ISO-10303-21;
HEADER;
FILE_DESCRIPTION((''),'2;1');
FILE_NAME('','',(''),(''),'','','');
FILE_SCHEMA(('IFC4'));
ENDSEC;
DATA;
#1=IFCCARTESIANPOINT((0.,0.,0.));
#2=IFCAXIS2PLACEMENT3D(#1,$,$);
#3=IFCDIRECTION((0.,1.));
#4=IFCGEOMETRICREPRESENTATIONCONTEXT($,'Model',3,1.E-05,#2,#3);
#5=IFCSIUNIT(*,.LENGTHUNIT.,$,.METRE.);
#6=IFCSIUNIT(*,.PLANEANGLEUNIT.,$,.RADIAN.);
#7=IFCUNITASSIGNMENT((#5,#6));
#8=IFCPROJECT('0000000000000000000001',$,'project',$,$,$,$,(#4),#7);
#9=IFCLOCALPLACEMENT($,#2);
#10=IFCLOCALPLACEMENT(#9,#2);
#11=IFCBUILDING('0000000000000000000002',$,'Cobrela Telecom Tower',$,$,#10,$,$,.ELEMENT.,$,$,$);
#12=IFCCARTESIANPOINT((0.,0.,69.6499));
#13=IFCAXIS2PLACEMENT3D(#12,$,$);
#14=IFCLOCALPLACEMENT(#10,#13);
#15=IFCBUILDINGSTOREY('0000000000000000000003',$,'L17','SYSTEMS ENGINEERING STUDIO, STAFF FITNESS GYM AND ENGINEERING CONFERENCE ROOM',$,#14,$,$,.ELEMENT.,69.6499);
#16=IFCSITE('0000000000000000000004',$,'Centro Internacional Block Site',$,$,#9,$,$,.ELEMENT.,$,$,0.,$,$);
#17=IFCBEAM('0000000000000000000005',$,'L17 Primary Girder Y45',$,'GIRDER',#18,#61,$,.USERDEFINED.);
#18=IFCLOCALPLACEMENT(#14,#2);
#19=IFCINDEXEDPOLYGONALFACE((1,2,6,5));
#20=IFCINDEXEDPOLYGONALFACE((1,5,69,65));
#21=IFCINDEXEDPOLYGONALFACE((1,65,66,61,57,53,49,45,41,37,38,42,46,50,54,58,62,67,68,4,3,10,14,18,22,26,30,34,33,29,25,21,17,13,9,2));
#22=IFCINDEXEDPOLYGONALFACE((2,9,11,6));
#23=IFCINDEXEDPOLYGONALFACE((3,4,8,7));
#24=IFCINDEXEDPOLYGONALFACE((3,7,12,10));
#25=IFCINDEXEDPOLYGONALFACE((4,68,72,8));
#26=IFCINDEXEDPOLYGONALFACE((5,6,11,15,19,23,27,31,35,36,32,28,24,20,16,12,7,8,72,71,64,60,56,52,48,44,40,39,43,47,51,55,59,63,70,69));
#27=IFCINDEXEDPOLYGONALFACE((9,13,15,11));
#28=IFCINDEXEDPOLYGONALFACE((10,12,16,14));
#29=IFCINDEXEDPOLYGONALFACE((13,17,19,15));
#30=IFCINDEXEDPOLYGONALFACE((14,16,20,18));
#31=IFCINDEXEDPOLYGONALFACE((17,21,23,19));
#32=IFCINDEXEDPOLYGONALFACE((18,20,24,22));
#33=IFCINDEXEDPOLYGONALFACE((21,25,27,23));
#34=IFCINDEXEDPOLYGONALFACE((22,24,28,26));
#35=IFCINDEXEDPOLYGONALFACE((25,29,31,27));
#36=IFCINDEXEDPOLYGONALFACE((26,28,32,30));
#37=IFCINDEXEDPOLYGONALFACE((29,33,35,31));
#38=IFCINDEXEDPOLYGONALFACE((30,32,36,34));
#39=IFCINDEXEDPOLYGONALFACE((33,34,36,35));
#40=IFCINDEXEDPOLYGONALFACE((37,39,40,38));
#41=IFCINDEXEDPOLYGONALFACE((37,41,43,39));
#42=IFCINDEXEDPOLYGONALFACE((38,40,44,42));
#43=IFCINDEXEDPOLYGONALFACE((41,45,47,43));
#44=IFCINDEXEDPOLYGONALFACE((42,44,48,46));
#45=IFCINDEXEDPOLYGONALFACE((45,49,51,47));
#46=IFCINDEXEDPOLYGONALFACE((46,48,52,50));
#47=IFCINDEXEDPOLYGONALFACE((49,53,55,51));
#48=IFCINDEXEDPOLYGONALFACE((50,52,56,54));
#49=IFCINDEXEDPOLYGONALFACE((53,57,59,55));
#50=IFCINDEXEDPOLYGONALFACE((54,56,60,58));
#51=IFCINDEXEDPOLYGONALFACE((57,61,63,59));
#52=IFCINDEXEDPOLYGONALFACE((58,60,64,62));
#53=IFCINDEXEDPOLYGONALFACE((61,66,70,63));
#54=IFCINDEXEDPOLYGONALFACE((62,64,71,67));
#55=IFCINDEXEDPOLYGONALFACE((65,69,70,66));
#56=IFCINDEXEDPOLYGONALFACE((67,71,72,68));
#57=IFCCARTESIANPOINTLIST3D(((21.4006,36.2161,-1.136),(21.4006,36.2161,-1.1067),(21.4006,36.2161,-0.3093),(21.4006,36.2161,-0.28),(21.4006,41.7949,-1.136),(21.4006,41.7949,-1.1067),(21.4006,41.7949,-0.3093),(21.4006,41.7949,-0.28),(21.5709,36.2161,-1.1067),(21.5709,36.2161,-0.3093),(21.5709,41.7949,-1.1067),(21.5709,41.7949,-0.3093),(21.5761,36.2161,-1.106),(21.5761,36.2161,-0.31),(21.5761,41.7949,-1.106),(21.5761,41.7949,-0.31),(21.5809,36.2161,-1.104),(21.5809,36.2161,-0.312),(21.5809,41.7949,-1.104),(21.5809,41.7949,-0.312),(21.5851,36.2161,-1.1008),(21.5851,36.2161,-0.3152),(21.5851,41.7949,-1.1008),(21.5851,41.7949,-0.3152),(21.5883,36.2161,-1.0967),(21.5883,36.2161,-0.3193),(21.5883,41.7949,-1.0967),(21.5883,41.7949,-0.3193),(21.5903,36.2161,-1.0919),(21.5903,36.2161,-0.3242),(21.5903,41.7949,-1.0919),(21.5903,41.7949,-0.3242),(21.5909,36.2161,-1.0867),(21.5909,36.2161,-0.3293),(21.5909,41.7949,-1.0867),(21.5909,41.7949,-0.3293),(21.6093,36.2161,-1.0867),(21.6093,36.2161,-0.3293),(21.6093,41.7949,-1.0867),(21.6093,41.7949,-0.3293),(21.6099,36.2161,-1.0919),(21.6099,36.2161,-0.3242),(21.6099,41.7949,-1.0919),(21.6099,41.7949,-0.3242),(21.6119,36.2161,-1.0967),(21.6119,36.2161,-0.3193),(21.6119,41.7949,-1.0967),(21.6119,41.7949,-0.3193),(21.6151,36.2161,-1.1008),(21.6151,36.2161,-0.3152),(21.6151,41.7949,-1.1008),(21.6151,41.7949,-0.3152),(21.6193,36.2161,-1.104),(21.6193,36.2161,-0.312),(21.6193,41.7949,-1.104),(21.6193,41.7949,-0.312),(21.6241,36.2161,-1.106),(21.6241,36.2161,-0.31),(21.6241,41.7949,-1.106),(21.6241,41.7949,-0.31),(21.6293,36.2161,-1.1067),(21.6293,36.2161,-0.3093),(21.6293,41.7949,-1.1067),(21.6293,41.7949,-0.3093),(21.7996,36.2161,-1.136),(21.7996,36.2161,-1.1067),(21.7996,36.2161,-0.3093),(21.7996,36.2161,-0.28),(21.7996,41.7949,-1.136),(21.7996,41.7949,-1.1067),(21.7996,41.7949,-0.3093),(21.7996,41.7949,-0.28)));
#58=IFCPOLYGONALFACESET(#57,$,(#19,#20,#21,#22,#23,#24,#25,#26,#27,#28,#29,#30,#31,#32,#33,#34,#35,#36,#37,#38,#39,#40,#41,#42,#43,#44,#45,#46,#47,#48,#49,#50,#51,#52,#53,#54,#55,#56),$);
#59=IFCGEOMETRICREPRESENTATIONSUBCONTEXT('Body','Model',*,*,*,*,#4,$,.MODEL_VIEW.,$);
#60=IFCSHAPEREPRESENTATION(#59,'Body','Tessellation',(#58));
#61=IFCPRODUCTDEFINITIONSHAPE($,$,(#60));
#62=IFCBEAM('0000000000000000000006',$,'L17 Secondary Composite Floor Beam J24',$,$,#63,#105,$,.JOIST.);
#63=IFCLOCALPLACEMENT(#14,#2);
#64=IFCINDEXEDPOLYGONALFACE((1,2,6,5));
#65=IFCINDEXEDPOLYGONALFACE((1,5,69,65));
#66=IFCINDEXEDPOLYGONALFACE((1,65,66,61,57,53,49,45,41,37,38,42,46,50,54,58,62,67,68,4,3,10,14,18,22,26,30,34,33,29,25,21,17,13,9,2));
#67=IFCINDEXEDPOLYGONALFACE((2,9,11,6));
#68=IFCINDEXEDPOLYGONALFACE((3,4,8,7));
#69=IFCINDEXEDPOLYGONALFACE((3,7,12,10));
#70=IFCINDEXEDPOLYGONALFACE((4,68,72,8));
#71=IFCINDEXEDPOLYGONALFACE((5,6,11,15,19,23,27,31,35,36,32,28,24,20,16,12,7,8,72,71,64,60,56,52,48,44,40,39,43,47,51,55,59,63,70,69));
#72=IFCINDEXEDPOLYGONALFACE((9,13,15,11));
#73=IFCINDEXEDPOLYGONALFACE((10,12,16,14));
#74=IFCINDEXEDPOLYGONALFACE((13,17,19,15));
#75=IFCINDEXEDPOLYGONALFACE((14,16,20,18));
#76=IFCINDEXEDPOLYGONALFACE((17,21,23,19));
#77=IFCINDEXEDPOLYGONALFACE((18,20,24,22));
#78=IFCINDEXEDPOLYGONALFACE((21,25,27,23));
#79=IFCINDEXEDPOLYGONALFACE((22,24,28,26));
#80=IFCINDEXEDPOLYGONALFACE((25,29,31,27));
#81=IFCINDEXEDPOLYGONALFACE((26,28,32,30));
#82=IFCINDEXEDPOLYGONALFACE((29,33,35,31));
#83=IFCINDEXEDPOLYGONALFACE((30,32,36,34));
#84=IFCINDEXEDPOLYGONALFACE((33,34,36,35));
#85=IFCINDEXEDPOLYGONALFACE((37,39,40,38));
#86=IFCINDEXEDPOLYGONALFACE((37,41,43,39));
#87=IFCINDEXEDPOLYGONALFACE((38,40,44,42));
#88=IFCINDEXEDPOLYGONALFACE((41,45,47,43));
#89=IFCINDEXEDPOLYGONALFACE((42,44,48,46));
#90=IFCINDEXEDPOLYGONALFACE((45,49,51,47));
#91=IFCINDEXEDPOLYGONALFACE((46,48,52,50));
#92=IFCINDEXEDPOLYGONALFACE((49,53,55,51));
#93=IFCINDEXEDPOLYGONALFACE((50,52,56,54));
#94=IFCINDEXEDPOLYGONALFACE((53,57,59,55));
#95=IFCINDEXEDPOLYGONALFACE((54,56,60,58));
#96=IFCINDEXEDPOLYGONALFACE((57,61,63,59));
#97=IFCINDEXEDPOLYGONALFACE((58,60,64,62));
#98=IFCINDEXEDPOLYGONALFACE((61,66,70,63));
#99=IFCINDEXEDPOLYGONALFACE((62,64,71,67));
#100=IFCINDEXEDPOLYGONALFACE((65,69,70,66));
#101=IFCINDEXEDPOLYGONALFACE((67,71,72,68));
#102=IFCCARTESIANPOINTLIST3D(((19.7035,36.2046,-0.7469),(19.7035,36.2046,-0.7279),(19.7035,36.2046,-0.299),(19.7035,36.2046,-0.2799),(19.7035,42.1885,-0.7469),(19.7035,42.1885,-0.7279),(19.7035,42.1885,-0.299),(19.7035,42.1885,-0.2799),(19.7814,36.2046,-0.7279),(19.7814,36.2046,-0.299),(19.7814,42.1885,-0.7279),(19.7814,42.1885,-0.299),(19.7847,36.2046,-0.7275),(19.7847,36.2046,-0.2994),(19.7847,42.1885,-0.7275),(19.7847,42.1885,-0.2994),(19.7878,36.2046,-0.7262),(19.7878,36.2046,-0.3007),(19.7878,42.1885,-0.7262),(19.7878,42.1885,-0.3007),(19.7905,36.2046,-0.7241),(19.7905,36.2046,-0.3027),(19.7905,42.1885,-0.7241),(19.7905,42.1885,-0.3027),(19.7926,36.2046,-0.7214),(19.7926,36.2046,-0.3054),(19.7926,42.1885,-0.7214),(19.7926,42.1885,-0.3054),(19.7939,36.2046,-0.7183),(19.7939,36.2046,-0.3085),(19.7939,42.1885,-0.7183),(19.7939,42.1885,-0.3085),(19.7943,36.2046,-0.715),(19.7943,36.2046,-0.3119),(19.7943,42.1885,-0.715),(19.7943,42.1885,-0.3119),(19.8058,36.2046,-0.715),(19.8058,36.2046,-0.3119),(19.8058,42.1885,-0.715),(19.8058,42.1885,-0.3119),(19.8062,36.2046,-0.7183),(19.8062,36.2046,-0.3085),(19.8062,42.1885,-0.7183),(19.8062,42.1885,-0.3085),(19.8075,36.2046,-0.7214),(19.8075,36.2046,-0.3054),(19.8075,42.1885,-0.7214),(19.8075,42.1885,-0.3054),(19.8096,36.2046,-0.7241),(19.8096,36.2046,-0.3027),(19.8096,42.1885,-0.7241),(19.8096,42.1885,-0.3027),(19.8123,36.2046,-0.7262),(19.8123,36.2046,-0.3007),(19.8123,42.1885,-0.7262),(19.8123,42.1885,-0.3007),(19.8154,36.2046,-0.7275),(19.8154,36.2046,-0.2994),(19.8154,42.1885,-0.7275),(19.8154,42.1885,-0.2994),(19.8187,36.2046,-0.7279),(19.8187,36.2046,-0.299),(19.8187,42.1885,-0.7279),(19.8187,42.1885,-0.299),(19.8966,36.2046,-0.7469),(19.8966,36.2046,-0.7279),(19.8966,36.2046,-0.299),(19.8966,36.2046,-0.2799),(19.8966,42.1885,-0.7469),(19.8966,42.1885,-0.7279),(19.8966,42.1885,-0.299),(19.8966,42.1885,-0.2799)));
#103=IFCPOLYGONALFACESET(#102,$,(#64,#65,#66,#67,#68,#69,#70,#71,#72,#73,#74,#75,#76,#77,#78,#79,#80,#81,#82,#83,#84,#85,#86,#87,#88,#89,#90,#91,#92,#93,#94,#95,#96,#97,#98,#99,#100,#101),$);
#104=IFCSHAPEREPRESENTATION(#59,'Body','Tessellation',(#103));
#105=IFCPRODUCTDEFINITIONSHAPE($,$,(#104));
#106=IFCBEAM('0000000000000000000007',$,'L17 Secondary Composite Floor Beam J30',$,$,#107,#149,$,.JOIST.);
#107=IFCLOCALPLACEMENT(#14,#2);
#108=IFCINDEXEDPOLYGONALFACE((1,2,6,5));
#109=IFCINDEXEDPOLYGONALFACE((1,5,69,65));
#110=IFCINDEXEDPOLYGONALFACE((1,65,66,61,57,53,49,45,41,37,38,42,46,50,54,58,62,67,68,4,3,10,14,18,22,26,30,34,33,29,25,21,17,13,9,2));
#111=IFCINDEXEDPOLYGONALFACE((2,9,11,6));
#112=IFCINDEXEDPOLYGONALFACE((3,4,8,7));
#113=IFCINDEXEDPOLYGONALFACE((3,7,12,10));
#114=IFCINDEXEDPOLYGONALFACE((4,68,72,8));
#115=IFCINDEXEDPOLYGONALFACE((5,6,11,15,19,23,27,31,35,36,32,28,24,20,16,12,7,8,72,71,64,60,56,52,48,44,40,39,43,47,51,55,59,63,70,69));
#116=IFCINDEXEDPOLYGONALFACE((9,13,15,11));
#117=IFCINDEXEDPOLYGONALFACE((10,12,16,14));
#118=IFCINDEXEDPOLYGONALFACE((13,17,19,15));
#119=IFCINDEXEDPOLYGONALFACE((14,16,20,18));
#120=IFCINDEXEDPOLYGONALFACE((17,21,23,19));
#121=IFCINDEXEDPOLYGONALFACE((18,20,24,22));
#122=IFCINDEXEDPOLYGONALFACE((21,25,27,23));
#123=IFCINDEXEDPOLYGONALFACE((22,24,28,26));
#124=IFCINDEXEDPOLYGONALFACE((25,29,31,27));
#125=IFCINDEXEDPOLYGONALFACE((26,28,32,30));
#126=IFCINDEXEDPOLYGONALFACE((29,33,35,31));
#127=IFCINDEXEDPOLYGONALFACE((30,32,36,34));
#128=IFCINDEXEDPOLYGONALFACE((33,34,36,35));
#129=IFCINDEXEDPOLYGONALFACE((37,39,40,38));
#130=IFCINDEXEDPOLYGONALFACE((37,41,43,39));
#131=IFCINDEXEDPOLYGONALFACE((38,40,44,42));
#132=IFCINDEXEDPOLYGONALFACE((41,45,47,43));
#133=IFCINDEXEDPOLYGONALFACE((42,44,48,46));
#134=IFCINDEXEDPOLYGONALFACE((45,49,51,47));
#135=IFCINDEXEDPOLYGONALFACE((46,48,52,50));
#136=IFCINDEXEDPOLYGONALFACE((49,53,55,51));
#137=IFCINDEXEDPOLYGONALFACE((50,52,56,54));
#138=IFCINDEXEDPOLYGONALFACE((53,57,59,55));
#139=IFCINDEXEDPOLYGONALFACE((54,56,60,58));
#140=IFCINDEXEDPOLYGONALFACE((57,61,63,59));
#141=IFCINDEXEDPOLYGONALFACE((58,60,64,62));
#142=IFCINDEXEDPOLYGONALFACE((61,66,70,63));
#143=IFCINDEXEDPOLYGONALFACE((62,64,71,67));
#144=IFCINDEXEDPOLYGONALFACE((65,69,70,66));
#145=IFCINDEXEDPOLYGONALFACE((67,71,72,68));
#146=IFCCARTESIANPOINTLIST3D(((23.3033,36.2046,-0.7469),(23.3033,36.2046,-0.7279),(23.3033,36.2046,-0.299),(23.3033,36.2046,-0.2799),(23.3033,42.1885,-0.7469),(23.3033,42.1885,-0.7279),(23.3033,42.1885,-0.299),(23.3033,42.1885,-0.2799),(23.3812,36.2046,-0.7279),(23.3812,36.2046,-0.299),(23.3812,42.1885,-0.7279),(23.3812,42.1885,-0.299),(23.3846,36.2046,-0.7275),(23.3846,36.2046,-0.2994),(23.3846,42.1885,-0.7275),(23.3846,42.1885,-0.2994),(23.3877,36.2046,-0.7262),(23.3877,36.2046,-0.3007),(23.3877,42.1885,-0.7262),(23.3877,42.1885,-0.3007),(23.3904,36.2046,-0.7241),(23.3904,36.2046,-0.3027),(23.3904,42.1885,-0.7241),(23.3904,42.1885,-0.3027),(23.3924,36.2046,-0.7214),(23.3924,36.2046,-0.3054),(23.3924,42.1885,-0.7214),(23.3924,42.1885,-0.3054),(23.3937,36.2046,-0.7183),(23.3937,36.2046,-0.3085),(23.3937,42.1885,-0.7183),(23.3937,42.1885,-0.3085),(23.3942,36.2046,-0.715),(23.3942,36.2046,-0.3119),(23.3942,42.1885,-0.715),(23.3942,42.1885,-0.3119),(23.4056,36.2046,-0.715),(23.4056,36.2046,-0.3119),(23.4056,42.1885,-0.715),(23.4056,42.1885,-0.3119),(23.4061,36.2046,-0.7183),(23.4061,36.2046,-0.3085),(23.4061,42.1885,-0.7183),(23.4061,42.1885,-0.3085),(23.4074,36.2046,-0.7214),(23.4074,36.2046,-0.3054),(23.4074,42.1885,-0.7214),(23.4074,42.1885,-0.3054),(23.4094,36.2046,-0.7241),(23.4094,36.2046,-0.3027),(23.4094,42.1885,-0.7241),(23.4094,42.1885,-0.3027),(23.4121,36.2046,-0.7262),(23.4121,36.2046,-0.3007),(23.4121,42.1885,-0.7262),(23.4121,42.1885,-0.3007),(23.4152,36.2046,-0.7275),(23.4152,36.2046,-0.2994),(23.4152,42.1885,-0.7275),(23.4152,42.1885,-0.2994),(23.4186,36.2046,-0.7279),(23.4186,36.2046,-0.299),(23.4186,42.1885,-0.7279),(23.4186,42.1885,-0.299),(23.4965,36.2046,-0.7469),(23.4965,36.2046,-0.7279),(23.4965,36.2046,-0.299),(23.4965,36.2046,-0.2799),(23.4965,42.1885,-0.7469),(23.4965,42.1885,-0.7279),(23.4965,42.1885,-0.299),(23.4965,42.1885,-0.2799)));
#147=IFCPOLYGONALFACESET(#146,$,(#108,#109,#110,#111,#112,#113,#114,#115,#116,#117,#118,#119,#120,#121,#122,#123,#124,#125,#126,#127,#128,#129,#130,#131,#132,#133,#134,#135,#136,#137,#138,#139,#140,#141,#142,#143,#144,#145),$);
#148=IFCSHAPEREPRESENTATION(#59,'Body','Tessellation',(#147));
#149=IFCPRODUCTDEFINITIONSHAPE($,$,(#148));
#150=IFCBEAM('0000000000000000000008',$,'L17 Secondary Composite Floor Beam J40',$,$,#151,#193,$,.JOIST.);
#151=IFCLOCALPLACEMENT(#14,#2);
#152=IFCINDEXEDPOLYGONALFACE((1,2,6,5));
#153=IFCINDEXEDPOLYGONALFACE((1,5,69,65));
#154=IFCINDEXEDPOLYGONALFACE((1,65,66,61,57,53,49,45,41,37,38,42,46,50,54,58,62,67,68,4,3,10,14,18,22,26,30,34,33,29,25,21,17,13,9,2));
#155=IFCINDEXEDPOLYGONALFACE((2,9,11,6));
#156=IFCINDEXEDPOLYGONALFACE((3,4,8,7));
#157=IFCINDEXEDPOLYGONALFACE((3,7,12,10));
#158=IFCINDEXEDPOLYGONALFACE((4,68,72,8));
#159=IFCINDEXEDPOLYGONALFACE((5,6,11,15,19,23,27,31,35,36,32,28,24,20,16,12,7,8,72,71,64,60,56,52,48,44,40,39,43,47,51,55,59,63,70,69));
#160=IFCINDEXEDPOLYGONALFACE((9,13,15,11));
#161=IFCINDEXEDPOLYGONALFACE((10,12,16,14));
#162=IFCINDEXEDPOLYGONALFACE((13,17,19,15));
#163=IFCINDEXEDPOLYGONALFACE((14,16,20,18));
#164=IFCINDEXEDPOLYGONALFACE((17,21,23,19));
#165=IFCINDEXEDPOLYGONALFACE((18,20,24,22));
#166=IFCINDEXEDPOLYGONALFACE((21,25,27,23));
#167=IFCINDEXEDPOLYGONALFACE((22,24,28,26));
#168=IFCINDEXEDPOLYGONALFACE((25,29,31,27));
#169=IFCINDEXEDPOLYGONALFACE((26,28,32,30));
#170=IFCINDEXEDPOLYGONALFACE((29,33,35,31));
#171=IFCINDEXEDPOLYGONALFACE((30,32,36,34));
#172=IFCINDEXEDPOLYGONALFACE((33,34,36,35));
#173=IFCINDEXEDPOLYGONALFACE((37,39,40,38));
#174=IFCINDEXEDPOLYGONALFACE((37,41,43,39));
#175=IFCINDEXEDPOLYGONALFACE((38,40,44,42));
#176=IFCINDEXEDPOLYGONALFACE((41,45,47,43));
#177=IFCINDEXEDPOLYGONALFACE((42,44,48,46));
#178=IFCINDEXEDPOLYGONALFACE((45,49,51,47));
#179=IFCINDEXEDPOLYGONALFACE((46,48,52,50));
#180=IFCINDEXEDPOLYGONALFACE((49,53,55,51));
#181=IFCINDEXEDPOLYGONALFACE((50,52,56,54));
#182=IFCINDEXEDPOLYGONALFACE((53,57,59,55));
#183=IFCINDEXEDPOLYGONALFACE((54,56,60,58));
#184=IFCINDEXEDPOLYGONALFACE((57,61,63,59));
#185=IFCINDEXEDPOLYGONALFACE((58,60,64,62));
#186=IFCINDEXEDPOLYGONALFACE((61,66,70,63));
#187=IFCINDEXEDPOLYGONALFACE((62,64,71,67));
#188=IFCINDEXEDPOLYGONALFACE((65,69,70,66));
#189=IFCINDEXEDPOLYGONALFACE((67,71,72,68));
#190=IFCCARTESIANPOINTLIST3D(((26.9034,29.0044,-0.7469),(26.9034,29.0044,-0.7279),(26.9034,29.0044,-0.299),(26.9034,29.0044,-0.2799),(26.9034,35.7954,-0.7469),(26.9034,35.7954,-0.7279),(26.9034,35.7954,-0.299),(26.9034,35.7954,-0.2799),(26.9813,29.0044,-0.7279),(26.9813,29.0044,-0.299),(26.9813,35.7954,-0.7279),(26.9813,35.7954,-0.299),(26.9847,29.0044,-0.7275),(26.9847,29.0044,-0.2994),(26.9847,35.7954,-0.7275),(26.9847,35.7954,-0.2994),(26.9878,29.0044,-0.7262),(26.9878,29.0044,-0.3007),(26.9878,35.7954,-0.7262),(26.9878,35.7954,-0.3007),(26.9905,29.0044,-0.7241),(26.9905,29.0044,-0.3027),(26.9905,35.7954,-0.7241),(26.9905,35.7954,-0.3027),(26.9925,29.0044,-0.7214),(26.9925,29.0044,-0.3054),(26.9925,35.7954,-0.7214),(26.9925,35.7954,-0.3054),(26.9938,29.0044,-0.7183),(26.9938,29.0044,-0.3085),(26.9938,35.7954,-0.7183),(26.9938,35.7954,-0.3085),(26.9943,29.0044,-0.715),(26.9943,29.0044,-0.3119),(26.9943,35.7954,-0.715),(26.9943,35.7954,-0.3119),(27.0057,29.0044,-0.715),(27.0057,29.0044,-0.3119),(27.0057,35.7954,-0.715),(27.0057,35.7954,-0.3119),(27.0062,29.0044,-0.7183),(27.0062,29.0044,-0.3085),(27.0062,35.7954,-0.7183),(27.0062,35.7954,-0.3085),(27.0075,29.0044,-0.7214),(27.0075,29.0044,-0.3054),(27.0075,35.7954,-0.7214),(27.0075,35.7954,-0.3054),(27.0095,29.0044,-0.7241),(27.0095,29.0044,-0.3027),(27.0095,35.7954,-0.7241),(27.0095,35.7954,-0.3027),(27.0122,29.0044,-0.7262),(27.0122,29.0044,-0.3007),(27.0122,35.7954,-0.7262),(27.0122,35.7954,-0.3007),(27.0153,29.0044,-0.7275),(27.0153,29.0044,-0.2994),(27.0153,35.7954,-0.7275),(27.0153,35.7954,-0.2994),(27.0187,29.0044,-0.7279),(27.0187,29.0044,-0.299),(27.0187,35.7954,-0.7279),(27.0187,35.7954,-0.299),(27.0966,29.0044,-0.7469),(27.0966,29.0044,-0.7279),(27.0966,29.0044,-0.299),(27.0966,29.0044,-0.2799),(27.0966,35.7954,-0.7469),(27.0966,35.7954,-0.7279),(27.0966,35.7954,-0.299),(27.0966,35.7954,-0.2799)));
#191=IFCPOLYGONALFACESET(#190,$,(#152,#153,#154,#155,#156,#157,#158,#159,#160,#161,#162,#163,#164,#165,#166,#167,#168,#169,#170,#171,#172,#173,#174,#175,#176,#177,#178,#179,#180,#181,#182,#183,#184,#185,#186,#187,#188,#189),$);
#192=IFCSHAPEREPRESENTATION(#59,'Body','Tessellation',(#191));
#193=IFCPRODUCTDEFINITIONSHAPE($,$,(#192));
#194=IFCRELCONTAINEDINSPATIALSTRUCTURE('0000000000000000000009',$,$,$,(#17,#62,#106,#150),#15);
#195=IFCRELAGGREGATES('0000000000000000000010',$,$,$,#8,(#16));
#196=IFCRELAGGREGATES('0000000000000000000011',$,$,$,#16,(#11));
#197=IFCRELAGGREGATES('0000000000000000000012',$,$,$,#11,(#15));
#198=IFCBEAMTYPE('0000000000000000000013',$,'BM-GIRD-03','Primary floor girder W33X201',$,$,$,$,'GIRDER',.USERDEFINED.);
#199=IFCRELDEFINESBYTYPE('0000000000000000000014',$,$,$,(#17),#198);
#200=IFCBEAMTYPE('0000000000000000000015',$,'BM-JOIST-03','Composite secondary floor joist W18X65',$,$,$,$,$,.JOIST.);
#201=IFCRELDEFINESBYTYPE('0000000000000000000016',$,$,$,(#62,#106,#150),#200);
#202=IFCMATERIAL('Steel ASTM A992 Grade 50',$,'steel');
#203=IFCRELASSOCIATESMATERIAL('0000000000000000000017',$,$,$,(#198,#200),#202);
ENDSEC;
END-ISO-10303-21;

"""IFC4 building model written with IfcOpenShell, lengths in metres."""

from ifc_helpers import new_model, si_unit, direction, frame, origin, origin_2d, place, context, subcontext, project, spatial, i_section, extrude, material, material_profile, profile_set, type_object, element, save


model = new_model("IFC4")

# Units and contexts
model_context = context("Model", 3, precision=1e-05, world=origin(), true_north=direction((0.0, 1.0)))
body_context = subcontext(model_context, "Body", "Model", "MODEL_VIEW")
ifc_project = project(units=[si_unit("LENGTHUNIT", "METRE"), si_unit("PLANEANGLEUNIT", "RADIAN")], contexts=[model_context])

# Site, building, storey
site_placement = place(None, origin())
site = spatial("IfcSite", under=ifc_project, at=site_placement, Name="Centro Internacional Block Site", CompositionType="ELEMENT", RefElevation=0.0)
building_placement = place(site_placement, origin())
building = spatial("IfcBuilding", under=site, at=building_placement, Name="Cobrela Telecom Tower", CompositionType="ELEMENT")
storey_placement = place(building_placement, frame((0.0, 0.0, 69.6499)))
storey = spatial("IfcBuildingStorey", under=building, at=storey_placement, Name="L17", Description="SYSTEMS ENGINEERING STUDIO, STAFF FITNESS GYM AND ENGINEERING CONFERENCE ROOM", CompositionType="ELEMENT", Elevation=69.6499)

# Shared definitions
ifc_material_1 = material(Name="Steel ASTM A992 Grade 50", Category="steel")

# Beams
ifc_material_profile_1 = material_profile(ifc_material_1, i_section(OverallWidth=0.3989, OverallDepth=0.856, WebThickness=0.0183, FlangeThickness=0.0293, FilletRadius=0.02, at=origin_2d()), Name="W33X201")
ifc_profile_set_1 = profile_set([ifc_material_profile_1], Name="Steel ASTM A992 Grade 50")
beam_type_1 = type_object("IfcBeamType", Name="BM-GIRD-03", Description="Primary floor girder W33X201", ElementType="GIRDER", PredefinedType="USERDEFINED", material=ifc_profile_set_1)
beam_1_placement = place(storey_placement, frame((21.6001, 36.2161, -0.708), z_axis=(0.0, 1.0, 0.0), x_axis=(-1.0, 0.0, 0.0)))
element("IfcBeam", 1, at=beam_1_placement, inside=storey, type_object=beam_type_1, Name="L17 Primary Girder Y45", ObjectType="GIRDER", PredefinedType="USERDEFINED", context=body_context, shape_type="SweptSolid", body=[
    extrude(i_section(OverallWidth=0.3989, OverallDepth=0.856, WebThickness=0.0183, FlangeThickness=0.0293, FilletRadius=0.02, at=origin_2d()), origin(), (0.0, 0.0, 1.0), 5.5789),
])
ifc_material_profile_2 = material_profile(ifc_material_1, i_section(OverallWidth=0.1931, OverallDepth=0.467, WebThickness=0.0115, FlangeThickness=0.019, FilletRadius=0.0129, at=origin_2d()), Name="W18X65")
ifc_profile_set_2 = profile_set([ifc_material_profile_2], Name="Steel ASTM A992 Grade 50")
beam_type_2 = type_object("IfcBeamType", Name="BM-JOIST-03", Description="Composite secondary floor joist W18X65", PredefinedType="JOIST", material=ifc_profile_set_2)
for number, where, z_axis, x_axis, name in (
    (2, (19.8, 36.2046, -0.5134), (0.0, 1.0, 0.0), (-1.0, 0.0, 0.0), "L17 Secondary Composite Floor Beam J24"),
    (3, (23.3999, 36.2046, -0.5134), (0.0, 1.0, 0.0), (-1.0, 0.0, 0.0), "L17 Secondary Composite Floor Beam J30"),
):
    element("IfcBeam", number, at=place(storey_placement, frame(where, z_axis=z_axis, x_axis=x_axis)), inside=storey, type_object=beam_type_2, Name=name, PredefinedType="JOIST", context=body_context, shape_type="SweptSolid", body=[
        extrude(i_section(OverallWidth=0.1931, OverallDepth=0.467, WebThickness=0.0115, FlangeThickness=0.019, FilletRadius=0.0129, at=origin_2d()), origin(), (0.0, 0.0, 1.0), 5.9839),
    ])
beam_2_placement = place(storey_placement, frame((27.0, 29.0044, -0.5134), z_axis=(0.0, 1.0, 0.0), x_axis=(-1.0, 0.0, 0.0)))
element("IfcBeam", 4, at=beam_2_placement, inside=storey, type_object=beam_type_2, Name="L17 Secondary Composite Floor Beam J40", PredefinedType="JOIST", context=body_context, shape_type="SweptSolid", body=[
    extrude(i_section(OverallWidth=0.1931, OverallDepth=0.467, WebThickness=0.0115, FlangeThickness=0.019, FilletRadius=0.0129, at=origin_2d()), origin(), (0.0, 0.0, 1.0), 6.791),
])

save(model, "model.ifc")
